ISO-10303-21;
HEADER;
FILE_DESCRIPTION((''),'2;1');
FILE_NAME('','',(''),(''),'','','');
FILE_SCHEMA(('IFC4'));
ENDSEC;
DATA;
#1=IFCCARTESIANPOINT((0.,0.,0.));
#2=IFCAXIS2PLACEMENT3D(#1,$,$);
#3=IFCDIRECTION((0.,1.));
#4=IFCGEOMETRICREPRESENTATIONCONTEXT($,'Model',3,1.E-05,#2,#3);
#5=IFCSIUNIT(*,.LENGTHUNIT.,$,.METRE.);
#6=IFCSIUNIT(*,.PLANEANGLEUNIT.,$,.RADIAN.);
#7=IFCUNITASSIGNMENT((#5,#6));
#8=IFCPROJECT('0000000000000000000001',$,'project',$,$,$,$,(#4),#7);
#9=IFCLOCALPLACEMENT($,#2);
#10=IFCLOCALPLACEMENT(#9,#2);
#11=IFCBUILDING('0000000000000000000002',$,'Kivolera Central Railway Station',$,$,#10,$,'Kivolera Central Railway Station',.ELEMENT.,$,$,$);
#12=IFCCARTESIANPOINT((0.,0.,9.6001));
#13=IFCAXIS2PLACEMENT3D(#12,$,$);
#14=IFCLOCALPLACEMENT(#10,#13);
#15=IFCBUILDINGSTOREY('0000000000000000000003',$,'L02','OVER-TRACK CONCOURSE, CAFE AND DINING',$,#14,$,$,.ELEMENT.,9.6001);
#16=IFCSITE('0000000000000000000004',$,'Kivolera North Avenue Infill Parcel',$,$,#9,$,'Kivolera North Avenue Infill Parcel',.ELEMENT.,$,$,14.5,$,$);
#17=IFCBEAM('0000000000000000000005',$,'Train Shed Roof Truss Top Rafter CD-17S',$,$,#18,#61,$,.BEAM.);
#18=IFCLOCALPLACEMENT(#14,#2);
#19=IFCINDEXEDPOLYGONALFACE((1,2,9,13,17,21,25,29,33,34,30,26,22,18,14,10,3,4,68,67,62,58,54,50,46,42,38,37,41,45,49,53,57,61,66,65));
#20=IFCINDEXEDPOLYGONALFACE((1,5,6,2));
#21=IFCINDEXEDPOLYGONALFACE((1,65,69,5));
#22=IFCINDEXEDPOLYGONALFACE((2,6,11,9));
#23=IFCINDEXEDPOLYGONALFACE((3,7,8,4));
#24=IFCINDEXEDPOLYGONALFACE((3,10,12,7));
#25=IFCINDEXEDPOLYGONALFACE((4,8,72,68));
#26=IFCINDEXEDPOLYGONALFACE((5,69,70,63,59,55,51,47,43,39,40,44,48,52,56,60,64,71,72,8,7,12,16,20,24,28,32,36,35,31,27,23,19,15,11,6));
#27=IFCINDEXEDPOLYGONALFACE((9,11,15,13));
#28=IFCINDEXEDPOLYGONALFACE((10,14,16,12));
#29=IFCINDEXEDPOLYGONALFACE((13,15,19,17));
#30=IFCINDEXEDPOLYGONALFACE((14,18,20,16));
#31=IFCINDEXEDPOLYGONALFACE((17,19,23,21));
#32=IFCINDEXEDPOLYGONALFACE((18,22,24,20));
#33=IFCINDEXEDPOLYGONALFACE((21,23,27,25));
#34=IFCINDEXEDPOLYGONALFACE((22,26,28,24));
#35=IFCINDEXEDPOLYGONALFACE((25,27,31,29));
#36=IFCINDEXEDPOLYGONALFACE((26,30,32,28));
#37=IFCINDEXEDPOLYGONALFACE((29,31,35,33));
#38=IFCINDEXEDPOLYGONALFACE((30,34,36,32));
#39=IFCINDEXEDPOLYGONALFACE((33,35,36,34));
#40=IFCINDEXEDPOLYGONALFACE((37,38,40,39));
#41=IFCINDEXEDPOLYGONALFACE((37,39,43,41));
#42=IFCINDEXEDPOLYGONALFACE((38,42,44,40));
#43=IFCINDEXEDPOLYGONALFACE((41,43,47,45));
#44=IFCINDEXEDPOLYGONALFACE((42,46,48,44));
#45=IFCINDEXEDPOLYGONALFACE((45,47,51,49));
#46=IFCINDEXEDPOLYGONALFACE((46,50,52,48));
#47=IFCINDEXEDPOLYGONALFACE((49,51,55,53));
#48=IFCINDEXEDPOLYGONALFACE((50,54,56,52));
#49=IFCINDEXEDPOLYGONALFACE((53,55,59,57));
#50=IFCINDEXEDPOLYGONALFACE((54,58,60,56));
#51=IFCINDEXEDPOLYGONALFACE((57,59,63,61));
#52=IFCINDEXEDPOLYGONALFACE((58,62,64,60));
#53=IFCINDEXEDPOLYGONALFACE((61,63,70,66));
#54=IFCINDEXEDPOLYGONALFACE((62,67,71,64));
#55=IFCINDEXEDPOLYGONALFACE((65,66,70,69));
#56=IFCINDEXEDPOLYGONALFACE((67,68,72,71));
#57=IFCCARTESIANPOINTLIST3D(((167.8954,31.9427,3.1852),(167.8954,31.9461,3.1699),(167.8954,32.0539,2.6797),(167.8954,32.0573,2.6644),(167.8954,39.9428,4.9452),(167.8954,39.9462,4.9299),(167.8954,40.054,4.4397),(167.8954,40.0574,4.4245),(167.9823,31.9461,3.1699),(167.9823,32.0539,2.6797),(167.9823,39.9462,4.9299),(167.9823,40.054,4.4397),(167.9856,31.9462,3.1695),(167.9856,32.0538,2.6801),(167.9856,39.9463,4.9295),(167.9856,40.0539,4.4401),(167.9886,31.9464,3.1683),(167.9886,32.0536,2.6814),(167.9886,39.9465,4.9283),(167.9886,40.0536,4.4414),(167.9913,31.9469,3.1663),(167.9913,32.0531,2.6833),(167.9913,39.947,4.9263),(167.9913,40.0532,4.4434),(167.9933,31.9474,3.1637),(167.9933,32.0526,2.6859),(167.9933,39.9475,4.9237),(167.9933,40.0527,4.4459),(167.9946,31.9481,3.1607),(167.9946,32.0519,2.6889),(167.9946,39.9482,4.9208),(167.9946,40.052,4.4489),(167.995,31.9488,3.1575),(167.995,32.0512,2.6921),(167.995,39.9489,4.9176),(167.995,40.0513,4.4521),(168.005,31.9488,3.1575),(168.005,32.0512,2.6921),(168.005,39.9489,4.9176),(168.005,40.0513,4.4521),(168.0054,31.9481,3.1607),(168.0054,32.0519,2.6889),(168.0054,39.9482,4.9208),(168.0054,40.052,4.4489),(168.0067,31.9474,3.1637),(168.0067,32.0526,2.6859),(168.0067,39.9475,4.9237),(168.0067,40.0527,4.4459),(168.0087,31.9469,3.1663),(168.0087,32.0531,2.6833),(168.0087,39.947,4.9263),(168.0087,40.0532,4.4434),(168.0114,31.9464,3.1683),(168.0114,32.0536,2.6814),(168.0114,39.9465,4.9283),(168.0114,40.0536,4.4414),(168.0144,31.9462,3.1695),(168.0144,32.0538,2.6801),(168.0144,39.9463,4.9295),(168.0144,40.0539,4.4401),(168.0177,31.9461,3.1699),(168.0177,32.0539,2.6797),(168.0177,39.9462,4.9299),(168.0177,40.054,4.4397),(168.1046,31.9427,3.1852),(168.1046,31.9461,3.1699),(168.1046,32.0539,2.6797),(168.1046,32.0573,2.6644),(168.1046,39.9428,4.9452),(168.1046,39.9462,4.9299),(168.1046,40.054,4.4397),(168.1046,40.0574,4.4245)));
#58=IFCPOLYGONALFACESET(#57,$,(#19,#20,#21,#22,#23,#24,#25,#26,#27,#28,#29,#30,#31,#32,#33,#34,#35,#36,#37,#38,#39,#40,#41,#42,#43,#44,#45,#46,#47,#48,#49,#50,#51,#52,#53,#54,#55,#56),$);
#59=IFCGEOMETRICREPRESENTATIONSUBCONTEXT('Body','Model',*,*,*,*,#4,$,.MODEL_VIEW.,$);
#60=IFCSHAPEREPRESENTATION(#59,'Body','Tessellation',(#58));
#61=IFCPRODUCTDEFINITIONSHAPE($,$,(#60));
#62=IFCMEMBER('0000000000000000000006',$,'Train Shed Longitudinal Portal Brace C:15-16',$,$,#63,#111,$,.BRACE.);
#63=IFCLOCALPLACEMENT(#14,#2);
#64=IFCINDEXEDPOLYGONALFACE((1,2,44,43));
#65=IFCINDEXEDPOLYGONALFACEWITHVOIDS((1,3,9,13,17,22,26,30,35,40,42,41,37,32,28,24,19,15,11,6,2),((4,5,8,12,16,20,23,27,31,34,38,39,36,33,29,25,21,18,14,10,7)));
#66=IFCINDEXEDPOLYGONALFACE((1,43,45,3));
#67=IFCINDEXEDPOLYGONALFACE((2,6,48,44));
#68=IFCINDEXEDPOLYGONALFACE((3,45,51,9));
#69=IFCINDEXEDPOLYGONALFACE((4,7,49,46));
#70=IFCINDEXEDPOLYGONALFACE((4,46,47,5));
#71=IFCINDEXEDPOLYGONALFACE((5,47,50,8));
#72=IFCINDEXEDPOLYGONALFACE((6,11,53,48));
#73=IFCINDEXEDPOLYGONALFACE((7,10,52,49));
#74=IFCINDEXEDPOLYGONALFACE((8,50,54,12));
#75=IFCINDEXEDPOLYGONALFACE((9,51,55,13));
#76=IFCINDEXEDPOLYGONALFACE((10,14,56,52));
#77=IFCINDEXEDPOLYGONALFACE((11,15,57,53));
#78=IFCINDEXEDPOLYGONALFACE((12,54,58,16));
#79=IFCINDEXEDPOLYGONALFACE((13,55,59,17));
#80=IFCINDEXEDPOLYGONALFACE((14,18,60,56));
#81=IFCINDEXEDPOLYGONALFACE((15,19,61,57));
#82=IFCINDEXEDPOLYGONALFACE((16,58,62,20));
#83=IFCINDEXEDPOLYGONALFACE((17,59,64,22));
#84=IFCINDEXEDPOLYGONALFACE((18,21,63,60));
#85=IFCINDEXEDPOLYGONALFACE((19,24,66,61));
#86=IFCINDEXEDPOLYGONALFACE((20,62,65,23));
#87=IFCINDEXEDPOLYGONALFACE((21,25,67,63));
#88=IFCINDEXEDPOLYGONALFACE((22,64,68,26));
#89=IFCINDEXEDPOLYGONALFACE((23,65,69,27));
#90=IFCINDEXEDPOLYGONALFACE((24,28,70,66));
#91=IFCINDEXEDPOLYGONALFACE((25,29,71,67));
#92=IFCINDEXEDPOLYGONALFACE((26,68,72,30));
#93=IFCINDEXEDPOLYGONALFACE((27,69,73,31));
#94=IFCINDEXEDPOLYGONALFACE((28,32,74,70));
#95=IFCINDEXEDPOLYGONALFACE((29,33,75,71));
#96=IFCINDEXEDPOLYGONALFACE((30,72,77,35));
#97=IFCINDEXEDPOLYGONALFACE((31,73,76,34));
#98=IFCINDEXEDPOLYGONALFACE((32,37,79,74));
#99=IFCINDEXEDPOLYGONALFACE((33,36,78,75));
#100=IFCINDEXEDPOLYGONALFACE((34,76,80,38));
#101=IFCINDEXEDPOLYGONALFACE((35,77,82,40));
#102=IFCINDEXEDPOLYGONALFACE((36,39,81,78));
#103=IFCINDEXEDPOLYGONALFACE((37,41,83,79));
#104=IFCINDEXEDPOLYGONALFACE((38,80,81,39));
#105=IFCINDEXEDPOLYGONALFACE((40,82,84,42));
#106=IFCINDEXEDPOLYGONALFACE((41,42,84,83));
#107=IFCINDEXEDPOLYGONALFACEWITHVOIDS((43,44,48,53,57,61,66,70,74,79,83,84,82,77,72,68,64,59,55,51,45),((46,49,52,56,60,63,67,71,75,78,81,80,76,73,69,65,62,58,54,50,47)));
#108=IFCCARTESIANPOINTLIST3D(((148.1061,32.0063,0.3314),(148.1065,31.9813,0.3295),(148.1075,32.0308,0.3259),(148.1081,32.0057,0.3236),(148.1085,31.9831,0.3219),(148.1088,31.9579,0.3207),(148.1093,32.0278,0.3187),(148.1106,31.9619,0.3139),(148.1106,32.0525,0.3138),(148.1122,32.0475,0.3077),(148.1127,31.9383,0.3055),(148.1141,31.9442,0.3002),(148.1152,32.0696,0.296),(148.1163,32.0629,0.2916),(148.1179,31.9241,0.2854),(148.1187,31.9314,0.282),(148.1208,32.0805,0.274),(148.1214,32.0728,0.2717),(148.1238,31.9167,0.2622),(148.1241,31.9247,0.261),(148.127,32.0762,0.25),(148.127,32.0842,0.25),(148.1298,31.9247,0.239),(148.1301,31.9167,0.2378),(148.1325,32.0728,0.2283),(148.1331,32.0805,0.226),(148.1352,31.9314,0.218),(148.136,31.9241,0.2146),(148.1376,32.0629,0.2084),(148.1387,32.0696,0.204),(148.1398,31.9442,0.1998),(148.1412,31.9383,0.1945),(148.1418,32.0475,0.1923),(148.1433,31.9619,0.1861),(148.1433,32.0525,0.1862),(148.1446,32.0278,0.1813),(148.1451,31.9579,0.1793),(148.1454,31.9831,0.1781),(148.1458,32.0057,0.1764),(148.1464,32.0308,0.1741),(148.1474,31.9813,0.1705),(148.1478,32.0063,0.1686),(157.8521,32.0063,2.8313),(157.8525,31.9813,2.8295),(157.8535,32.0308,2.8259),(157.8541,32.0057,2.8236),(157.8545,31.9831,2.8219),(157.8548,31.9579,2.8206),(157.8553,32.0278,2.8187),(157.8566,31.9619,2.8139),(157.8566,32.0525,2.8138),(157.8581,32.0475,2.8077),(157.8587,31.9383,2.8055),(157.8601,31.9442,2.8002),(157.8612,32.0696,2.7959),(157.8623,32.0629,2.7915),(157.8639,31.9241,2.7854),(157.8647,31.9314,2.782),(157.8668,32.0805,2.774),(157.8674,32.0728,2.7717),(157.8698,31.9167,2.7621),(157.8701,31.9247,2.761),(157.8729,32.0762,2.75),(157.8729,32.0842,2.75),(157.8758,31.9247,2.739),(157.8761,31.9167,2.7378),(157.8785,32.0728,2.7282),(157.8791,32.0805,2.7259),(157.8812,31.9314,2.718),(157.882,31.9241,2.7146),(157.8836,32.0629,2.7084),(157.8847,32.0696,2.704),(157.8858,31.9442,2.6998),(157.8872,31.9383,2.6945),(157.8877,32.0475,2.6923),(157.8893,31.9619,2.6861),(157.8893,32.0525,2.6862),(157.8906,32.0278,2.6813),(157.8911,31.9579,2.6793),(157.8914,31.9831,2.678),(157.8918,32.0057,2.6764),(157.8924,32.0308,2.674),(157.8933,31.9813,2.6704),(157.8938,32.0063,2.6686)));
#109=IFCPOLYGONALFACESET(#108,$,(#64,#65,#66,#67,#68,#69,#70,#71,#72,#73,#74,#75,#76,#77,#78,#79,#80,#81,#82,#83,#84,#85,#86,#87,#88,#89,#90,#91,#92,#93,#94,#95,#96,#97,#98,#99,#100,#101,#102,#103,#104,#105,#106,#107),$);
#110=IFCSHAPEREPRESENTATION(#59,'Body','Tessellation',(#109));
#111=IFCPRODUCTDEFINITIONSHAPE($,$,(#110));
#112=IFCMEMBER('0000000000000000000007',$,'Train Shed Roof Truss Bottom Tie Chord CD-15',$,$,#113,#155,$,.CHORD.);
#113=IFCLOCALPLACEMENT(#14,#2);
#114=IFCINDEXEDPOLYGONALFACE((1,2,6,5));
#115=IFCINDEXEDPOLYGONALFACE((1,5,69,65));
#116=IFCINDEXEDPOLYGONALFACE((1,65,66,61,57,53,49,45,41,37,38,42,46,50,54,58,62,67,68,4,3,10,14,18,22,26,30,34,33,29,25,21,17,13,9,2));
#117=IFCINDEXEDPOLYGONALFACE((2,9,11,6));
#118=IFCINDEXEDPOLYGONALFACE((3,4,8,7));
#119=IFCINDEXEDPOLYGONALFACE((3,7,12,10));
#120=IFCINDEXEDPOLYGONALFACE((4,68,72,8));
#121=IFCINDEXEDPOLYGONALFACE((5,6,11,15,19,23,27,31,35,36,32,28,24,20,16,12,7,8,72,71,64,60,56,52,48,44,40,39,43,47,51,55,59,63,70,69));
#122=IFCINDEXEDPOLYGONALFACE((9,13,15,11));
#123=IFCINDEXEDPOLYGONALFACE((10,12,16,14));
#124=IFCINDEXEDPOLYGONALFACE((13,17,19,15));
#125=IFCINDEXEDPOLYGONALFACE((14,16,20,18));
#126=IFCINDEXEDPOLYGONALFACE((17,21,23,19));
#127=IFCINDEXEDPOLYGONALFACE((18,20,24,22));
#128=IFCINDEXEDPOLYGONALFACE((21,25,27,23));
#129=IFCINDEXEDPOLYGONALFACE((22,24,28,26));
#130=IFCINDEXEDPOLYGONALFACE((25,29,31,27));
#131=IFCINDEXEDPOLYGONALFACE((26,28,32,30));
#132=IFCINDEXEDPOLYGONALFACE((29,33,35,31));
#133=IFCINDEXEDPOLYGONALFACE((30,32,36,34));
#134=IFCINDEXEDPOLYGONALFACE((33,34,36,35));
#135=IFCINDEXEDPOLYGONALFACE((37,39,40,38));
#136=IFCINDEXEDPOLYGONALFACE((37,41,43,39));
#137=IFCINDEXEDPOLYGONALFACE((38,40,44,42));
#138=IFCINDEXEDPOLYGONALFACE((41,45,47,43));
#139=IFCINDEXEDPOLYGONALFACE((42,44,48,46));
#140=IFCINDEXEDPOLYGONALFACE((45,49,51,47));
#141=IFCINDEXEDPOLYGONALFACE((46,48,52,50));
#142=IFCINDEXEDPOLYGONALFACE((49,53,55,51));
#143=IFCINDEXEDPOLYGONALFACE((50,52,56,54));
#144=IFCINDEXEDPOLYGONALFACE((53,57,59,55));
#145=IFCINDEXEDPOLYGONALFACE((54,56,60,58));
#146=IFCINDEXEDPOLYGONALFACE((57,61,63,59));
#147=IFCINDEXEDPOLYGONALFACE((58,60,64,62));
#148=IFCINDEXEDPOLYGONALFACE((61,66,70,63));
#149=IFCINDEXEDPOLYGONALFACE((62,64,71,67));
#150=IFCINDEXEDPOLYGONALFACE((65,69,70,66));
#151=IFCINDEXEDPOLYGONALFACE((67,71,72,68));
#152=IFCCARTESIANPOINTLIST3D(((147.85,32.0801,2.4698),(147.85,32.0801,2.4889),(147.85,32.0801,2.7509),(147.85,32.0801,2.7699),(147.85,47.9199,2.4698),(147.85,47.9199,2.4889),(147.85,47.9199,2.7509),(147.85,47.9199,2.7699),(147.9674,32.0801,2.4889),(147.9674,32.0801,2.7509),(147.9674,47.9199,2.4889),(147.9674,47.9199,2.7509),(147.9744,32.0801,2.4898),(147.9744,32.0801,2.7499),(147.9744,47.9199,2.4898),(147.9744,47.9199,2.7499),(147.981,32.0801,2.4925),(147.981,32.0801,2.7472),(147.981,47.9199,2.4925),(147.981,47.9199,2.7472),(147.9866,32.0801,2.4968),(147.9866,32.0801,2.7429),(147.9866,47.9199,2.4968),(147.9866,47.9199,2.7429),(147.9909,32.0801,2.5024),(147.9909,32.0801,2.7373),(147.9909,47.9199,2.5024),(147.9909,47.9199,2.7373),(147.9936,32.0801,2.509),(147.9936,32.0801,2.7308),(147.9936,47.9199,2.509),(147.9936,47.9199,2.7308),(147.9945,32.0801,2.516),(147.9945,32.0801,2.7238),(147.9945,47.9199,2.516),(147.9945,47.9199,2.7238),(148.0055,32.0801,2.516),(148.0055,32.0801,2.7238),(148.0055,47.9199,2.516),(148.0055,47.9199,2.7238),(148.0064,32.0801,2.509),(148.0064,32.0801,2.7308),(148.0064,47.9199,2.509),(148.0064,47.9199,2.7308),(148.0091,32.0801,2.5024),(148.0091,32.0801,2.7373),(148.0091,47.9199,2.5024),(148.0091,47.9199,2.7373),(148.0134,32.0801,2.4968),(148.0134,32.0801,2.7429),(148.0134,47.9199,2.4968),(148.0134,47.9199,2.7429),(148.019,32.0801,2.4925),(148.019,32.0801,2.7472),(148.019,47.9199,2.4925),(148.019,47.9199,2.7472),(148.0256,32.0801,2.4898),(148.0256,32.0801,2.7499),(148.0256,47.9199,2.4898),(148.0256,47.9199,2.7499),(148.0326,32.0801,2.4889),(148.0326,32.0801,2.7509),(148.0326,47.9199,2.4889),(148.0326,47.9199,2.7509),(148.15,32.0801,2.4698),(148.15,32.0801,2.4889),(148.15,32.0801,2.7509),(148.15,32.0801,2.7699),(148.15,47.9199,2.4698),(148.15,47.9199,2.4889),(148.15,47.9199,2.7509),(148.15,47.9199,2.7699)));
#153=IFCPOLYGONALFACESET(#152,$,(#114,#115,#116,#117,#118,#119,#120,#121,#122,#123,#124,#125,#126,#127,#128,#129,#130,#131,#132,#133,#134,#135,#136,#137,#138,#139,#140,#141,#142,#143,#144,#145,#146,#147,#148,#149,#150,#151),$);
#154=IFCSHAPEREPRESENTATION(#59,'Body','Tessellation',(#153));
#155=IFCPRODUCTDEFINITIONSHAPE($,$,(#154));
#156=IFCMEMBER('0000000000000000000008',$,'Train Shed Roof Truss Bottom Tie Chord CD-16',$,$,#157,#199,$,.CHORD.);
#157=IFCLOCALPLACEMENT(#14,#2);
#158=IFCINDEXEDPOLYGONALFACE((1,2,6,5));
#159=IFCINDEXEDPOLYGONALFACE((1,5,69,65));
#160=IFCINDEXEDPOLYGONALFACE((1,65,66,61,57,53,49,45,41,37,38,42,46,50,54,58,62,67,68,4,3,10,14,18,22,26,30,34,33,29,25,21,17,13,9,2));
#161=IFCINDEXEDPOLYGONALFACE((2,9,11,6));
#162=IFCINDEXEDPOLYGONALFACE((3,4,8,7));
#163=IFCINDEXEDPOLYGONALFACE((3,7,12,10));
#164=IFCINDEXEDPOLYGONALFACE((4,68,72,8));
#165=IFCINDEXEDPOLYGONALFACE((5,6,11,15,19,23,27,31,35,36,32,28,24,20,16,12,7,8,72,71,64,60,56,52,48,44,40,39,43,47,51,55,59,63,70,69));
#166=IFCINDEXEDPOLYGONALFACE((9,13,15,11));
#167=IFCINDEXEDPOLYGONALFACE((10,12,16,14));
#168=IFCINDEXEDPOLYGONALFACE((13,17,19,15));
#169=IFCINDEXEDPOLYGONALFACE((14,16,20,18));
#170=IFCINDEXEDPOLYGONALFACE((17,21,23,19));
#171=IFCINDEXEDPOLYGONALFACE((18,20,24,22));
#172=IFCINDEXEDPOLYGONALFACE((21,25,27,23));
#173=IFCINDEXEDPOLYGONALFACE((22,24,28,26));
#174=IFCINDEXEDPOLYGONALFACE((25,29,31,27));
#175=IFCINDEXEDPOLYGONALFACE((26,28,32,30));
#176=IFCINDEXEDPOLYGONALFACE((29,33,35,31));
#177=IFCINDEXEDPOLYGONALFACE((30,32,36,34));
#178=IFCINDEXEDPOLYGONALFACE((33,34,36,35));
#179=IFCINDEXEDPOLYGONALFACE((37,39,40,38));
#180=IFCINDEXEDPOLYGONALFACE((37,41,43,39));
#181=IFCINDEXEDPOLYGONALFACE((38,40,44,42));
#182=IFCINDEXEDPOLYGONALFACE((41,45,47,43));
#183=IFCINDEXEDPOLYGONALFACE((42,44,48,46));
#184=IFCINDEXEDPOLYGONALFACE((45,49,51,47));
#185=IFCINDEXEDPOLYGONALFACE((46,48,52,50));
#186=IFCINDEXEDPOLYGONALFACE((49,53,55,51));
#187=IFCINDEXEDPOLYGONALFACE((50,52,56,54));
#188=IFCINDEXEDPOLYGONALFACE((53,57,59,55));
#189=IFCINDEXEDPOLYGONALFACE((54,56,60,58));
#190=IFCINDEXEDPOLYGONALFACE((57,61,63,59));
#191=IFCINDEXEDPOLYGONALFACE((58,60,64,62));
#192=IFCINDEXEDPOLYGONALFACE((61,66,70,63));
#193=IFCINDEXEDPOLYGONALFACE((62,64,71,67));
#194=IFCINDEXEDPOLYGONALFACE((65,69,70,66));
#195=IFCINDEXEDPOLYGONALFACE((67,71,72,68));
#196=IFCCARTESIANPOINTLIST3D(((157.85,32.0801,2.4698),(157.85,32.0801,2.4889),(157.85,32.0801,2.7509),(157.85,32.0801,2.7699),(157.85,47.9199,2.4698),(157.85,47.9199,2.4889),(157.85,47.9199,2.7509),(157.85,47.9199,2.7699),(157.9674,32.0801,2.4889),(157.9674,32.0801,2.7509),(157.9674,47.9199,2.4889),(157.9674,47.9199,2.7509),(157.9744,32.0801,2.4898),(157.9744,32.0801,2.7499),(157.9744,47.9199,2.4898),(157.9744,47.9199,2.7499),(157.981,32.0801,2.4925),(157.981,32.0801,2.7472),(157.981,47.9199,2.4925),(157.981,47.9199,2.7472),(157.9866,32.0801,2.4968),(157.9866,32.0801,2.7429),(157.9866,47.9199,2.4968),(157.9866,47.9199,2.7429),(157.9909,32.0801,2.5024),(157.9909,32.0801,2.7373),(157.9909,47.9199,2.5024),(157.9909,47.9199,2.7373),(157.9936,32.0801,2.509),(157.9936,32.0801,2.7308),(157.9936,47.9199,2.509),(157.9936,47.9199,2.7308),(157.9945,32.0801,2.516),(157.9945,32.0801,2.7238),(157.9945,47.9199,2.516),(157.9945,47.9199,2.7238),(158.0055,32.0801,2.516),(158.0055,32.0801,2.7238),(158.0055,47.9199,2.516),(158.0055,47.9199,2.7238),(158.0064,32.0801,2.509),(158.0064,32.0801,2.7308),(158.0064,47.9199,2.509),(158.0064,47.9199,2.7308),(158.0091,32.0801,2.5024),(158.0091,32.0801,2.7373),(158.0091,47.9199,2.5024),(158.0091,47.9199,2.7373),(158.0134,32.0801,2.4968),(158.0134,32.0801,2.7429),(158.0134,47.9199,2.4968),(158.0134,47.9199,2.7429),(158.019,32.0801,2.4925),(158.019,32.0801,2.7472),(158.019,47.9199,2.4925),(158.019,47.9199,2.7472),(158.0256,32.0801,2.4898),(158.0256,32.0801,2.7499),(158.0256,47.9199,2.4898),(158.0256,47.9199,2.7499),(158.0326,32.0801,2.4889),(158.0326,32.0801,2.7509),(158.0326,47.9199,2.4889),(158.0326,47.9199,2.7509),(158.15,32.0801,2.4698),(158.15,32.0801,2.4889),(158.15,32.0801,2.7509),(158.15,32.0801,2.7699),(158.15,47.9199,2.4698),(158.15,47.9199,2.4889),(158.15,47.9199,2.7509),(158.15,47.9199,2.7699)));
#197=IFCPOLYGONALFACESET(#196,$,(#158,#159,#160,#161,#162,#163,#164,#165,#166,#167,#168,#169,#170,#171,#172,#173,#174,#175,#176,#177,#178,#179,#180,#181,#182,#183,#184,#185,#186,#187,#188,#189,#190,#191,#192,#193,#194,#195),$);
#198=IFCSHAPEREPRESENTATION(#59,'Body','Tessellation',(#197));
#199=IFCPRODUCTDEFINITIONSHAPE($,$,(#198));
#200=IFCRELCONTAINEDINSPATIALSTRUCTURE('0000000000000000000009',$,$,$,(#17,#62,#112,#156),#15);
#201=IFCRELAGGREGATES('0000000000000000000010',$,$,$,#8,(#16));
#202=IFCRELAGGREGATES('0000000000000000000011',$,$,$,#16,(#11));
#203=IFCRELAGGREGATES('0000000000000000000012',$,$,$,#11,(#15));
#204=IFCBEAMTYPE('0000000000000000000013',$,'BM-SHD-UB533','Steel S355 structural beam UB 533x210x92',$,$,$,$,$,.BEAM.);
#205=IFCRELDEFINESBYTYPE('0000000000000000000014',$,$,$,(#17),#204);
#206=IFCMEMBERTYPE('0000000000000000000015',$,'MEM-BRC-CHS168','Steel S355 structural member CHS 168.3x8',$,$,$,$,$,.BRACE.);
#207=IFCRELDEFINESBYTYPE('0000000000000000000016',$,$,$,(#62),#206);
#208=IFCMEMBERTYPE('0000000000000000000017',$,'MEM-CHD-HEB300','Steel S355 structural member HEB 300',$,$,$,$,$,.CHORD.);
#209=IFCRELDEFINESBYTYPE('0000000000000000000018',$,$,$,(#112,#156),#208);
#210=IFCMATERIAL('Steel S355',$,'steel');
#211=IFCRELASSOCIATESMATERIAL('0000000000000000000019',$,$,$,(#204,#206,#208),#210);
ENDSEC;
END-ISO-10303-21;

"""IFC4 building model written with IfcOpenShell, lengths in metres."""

from ifc_helpers import new_model, si_unit, direction, frame, origin, origin_2d, place, context, subcontext, project, spatial, hollow_circle, i_section, extrude, material, material_profile, profile_set, type_object, element, save


model = new_model("IFC4")

# Units and contexts
model_context = context("Model", 3, precision=1e-05, world=origin(), true_north=direction((0.0, 1.0)))
body_context = subcontext(model_context, "Body", "Model", "MODEL_VIEW")
ifc_project = project(units=[si_unit("LENGTHUNIT", "METRE"), si_unit("PLANEANGLEUNIT", "RADIAN")], contexts=[model_context])

# Site, building, storey
site_placement = place(None, origin())
site = spatial("IfcSite", under=ifc_project, at=site_placement, Name="Kivolera North Avenue Infill Parcel", LongName="Kivolera North Avenue Infill Parcel", CompositionType="ELEMENT", RefElevation=14.5)
building_placement = place(site_placement, origin())
building = spatial("IfcBuilding", under=site, at=building_placement, Name="Kivolera Central Railway Station", LongName="Kivolera Central Railway Station", CompositionType="ELEMENT")
storey_placement = place(building_placement, frame((0.0, 0.0, 9.6001)))
storey = spatial("IfcBuildingStorey", under=building, at=storey_placement, Name="L02", Description="OVER-TRACK CONCOURSE, CAFE AND DINING", CompositionType="ELEMENT", Elevation=9.6001)

# Shared definitions
ifc_material_1 = material(Name="Steel S355", Category="steel")

# Beam
ifc_material_profile_1 = material_profile(ifc_material_1, i_section(OverallWidth=0.2092, OverallDepth=0.5332, WebThickness=0.01, FlangeThickness=0.0156, FilletRadius=0.0127, at=origin_2d()), Name="UB 533x210x92")
ifc_profile_set_1 = profile_set([ifc_material_profile_1], Name="Steel S355")
beam_type_1 = type_object("IfcBeamType", Name="BM-SHD-UB533", Description="Steel S355 structural beam UB 533x210x92", PredefinedType="BEAM", material=ifc_profile_set_1)
for number, where, z_axis, x_axis, name in (
    (1, (168.0, 32.0, 2.9248), (0.0, 0.976644, 0.214863), (-1.0, 0.0, 0.0), "Train Shed Roof Truss Top Rafter CD-17S"),
):
    element("IfcBeam", number, at=place(storey_placement, frame(where, z_axis=z_axis, x_axis=x_axis)), inside=storey, type_object=beam_type_1, Name=name, PredefinedType="BEAM", context=body_context, shape_type="SweptSolid", body=[
        extrude(i_section(OverallWidth=0.2092, OverallDepth=0.5332, WebThickness=0.01, FlangeThickness=0.0156, FilletRadius=0.0127, at=origin_2d()), origin(), (0.0, 0.0, 1.0), 8.1914),
    ])

# Members
ifc_material_profile_2 = material_profile(ifc_material_1, hollow_circle(Radius=0.0842, WallThickness=0.0081, at=origin_2d()), Name="CHS 168.3x8")
ifc_profile_set_2 = profile_set([ifc_material_profile_2], Name="Steel S355")
member_type_1 = type_object("IfcMemberType", Name="MEM-BRC-CHS168", Description="Steel S355 structural member CHS 168.3x8", PredefinedType="BRACE", material=ifc_profile_set_2)
member_placement = place(storey_placement, frame((148.127, 32.0, 0.25), z_axis=(0.96864, 0.0, 0.248469), x_axis=(0.0, 1.0, 0.0)))
element("IfcMember", 2, at=member_placement, inside=storey, type_object=member_type_1, Name="Train Shed Longitudinal Portal Brace C:15-16", PredefinedType="BRACE", context=body_context, shape_type="SweptSolid", body=[
    extrude(hollow_circle(Radius=0.0842, WallThickness=0.0081, at=origin_2d()), origin(), (0.0, 0.0, 1.0), 10.0615),
])
ifc_material_profile_3 = material_profile(ifc_material_1, i_section(OverallWidth=0.3, OverallDepth=0.3, WebThickness=0.011, FlangeThickness=0.019, FilletRadius=0.0271, at=origin_2d()), Name="HEB 300")
ifc_profile_set_3 = profile_set([ifc_material_profile_3], Name="Steel S355")
member_type_2 = type_object("IfcMemberType", Name="MEM-CHD-HEB300", Description="Steel S355 structural member HEB 300", PredefinedType="CHORD", material=ifc_profile_set_3)
for number, where, z_axis, x_axis, name in (
    (3, (148.0, 32.0801, 2.6199), (0.0, 1.0, 0.0), (-1.0, 0.0, 0.0), "Train Shed Roof Truss Bottom Tie Chord CD-15"),
    (4, (158.0, 32.0801, 2.6199), (0.0, 1.0, 0.0), (-1.0, 0.0, 0.0), "Train Shed Roof Truss Bottom Tie Chord CD-16"),
):
    element("IfcMember", number, at=place(storey_placement, frame(where, z_axis=z_axis, x_axis=x_axis)), inside=storey, type_object=member_type_2, Name=name, PredefinedType="CHORD", context=body_context, shape_type="SweptSolid", body=[
        extrude(i_section(OverallWidth=0.3, OverallDepth=0.3, WebThickness=0.011, FlangeThickness=0.019, FilletRadius=0.0271, at=origin_2d()), origin(), (0.0, 0.0, 1.0), 15.8398),
    ])

save(model, "model.ifc")
